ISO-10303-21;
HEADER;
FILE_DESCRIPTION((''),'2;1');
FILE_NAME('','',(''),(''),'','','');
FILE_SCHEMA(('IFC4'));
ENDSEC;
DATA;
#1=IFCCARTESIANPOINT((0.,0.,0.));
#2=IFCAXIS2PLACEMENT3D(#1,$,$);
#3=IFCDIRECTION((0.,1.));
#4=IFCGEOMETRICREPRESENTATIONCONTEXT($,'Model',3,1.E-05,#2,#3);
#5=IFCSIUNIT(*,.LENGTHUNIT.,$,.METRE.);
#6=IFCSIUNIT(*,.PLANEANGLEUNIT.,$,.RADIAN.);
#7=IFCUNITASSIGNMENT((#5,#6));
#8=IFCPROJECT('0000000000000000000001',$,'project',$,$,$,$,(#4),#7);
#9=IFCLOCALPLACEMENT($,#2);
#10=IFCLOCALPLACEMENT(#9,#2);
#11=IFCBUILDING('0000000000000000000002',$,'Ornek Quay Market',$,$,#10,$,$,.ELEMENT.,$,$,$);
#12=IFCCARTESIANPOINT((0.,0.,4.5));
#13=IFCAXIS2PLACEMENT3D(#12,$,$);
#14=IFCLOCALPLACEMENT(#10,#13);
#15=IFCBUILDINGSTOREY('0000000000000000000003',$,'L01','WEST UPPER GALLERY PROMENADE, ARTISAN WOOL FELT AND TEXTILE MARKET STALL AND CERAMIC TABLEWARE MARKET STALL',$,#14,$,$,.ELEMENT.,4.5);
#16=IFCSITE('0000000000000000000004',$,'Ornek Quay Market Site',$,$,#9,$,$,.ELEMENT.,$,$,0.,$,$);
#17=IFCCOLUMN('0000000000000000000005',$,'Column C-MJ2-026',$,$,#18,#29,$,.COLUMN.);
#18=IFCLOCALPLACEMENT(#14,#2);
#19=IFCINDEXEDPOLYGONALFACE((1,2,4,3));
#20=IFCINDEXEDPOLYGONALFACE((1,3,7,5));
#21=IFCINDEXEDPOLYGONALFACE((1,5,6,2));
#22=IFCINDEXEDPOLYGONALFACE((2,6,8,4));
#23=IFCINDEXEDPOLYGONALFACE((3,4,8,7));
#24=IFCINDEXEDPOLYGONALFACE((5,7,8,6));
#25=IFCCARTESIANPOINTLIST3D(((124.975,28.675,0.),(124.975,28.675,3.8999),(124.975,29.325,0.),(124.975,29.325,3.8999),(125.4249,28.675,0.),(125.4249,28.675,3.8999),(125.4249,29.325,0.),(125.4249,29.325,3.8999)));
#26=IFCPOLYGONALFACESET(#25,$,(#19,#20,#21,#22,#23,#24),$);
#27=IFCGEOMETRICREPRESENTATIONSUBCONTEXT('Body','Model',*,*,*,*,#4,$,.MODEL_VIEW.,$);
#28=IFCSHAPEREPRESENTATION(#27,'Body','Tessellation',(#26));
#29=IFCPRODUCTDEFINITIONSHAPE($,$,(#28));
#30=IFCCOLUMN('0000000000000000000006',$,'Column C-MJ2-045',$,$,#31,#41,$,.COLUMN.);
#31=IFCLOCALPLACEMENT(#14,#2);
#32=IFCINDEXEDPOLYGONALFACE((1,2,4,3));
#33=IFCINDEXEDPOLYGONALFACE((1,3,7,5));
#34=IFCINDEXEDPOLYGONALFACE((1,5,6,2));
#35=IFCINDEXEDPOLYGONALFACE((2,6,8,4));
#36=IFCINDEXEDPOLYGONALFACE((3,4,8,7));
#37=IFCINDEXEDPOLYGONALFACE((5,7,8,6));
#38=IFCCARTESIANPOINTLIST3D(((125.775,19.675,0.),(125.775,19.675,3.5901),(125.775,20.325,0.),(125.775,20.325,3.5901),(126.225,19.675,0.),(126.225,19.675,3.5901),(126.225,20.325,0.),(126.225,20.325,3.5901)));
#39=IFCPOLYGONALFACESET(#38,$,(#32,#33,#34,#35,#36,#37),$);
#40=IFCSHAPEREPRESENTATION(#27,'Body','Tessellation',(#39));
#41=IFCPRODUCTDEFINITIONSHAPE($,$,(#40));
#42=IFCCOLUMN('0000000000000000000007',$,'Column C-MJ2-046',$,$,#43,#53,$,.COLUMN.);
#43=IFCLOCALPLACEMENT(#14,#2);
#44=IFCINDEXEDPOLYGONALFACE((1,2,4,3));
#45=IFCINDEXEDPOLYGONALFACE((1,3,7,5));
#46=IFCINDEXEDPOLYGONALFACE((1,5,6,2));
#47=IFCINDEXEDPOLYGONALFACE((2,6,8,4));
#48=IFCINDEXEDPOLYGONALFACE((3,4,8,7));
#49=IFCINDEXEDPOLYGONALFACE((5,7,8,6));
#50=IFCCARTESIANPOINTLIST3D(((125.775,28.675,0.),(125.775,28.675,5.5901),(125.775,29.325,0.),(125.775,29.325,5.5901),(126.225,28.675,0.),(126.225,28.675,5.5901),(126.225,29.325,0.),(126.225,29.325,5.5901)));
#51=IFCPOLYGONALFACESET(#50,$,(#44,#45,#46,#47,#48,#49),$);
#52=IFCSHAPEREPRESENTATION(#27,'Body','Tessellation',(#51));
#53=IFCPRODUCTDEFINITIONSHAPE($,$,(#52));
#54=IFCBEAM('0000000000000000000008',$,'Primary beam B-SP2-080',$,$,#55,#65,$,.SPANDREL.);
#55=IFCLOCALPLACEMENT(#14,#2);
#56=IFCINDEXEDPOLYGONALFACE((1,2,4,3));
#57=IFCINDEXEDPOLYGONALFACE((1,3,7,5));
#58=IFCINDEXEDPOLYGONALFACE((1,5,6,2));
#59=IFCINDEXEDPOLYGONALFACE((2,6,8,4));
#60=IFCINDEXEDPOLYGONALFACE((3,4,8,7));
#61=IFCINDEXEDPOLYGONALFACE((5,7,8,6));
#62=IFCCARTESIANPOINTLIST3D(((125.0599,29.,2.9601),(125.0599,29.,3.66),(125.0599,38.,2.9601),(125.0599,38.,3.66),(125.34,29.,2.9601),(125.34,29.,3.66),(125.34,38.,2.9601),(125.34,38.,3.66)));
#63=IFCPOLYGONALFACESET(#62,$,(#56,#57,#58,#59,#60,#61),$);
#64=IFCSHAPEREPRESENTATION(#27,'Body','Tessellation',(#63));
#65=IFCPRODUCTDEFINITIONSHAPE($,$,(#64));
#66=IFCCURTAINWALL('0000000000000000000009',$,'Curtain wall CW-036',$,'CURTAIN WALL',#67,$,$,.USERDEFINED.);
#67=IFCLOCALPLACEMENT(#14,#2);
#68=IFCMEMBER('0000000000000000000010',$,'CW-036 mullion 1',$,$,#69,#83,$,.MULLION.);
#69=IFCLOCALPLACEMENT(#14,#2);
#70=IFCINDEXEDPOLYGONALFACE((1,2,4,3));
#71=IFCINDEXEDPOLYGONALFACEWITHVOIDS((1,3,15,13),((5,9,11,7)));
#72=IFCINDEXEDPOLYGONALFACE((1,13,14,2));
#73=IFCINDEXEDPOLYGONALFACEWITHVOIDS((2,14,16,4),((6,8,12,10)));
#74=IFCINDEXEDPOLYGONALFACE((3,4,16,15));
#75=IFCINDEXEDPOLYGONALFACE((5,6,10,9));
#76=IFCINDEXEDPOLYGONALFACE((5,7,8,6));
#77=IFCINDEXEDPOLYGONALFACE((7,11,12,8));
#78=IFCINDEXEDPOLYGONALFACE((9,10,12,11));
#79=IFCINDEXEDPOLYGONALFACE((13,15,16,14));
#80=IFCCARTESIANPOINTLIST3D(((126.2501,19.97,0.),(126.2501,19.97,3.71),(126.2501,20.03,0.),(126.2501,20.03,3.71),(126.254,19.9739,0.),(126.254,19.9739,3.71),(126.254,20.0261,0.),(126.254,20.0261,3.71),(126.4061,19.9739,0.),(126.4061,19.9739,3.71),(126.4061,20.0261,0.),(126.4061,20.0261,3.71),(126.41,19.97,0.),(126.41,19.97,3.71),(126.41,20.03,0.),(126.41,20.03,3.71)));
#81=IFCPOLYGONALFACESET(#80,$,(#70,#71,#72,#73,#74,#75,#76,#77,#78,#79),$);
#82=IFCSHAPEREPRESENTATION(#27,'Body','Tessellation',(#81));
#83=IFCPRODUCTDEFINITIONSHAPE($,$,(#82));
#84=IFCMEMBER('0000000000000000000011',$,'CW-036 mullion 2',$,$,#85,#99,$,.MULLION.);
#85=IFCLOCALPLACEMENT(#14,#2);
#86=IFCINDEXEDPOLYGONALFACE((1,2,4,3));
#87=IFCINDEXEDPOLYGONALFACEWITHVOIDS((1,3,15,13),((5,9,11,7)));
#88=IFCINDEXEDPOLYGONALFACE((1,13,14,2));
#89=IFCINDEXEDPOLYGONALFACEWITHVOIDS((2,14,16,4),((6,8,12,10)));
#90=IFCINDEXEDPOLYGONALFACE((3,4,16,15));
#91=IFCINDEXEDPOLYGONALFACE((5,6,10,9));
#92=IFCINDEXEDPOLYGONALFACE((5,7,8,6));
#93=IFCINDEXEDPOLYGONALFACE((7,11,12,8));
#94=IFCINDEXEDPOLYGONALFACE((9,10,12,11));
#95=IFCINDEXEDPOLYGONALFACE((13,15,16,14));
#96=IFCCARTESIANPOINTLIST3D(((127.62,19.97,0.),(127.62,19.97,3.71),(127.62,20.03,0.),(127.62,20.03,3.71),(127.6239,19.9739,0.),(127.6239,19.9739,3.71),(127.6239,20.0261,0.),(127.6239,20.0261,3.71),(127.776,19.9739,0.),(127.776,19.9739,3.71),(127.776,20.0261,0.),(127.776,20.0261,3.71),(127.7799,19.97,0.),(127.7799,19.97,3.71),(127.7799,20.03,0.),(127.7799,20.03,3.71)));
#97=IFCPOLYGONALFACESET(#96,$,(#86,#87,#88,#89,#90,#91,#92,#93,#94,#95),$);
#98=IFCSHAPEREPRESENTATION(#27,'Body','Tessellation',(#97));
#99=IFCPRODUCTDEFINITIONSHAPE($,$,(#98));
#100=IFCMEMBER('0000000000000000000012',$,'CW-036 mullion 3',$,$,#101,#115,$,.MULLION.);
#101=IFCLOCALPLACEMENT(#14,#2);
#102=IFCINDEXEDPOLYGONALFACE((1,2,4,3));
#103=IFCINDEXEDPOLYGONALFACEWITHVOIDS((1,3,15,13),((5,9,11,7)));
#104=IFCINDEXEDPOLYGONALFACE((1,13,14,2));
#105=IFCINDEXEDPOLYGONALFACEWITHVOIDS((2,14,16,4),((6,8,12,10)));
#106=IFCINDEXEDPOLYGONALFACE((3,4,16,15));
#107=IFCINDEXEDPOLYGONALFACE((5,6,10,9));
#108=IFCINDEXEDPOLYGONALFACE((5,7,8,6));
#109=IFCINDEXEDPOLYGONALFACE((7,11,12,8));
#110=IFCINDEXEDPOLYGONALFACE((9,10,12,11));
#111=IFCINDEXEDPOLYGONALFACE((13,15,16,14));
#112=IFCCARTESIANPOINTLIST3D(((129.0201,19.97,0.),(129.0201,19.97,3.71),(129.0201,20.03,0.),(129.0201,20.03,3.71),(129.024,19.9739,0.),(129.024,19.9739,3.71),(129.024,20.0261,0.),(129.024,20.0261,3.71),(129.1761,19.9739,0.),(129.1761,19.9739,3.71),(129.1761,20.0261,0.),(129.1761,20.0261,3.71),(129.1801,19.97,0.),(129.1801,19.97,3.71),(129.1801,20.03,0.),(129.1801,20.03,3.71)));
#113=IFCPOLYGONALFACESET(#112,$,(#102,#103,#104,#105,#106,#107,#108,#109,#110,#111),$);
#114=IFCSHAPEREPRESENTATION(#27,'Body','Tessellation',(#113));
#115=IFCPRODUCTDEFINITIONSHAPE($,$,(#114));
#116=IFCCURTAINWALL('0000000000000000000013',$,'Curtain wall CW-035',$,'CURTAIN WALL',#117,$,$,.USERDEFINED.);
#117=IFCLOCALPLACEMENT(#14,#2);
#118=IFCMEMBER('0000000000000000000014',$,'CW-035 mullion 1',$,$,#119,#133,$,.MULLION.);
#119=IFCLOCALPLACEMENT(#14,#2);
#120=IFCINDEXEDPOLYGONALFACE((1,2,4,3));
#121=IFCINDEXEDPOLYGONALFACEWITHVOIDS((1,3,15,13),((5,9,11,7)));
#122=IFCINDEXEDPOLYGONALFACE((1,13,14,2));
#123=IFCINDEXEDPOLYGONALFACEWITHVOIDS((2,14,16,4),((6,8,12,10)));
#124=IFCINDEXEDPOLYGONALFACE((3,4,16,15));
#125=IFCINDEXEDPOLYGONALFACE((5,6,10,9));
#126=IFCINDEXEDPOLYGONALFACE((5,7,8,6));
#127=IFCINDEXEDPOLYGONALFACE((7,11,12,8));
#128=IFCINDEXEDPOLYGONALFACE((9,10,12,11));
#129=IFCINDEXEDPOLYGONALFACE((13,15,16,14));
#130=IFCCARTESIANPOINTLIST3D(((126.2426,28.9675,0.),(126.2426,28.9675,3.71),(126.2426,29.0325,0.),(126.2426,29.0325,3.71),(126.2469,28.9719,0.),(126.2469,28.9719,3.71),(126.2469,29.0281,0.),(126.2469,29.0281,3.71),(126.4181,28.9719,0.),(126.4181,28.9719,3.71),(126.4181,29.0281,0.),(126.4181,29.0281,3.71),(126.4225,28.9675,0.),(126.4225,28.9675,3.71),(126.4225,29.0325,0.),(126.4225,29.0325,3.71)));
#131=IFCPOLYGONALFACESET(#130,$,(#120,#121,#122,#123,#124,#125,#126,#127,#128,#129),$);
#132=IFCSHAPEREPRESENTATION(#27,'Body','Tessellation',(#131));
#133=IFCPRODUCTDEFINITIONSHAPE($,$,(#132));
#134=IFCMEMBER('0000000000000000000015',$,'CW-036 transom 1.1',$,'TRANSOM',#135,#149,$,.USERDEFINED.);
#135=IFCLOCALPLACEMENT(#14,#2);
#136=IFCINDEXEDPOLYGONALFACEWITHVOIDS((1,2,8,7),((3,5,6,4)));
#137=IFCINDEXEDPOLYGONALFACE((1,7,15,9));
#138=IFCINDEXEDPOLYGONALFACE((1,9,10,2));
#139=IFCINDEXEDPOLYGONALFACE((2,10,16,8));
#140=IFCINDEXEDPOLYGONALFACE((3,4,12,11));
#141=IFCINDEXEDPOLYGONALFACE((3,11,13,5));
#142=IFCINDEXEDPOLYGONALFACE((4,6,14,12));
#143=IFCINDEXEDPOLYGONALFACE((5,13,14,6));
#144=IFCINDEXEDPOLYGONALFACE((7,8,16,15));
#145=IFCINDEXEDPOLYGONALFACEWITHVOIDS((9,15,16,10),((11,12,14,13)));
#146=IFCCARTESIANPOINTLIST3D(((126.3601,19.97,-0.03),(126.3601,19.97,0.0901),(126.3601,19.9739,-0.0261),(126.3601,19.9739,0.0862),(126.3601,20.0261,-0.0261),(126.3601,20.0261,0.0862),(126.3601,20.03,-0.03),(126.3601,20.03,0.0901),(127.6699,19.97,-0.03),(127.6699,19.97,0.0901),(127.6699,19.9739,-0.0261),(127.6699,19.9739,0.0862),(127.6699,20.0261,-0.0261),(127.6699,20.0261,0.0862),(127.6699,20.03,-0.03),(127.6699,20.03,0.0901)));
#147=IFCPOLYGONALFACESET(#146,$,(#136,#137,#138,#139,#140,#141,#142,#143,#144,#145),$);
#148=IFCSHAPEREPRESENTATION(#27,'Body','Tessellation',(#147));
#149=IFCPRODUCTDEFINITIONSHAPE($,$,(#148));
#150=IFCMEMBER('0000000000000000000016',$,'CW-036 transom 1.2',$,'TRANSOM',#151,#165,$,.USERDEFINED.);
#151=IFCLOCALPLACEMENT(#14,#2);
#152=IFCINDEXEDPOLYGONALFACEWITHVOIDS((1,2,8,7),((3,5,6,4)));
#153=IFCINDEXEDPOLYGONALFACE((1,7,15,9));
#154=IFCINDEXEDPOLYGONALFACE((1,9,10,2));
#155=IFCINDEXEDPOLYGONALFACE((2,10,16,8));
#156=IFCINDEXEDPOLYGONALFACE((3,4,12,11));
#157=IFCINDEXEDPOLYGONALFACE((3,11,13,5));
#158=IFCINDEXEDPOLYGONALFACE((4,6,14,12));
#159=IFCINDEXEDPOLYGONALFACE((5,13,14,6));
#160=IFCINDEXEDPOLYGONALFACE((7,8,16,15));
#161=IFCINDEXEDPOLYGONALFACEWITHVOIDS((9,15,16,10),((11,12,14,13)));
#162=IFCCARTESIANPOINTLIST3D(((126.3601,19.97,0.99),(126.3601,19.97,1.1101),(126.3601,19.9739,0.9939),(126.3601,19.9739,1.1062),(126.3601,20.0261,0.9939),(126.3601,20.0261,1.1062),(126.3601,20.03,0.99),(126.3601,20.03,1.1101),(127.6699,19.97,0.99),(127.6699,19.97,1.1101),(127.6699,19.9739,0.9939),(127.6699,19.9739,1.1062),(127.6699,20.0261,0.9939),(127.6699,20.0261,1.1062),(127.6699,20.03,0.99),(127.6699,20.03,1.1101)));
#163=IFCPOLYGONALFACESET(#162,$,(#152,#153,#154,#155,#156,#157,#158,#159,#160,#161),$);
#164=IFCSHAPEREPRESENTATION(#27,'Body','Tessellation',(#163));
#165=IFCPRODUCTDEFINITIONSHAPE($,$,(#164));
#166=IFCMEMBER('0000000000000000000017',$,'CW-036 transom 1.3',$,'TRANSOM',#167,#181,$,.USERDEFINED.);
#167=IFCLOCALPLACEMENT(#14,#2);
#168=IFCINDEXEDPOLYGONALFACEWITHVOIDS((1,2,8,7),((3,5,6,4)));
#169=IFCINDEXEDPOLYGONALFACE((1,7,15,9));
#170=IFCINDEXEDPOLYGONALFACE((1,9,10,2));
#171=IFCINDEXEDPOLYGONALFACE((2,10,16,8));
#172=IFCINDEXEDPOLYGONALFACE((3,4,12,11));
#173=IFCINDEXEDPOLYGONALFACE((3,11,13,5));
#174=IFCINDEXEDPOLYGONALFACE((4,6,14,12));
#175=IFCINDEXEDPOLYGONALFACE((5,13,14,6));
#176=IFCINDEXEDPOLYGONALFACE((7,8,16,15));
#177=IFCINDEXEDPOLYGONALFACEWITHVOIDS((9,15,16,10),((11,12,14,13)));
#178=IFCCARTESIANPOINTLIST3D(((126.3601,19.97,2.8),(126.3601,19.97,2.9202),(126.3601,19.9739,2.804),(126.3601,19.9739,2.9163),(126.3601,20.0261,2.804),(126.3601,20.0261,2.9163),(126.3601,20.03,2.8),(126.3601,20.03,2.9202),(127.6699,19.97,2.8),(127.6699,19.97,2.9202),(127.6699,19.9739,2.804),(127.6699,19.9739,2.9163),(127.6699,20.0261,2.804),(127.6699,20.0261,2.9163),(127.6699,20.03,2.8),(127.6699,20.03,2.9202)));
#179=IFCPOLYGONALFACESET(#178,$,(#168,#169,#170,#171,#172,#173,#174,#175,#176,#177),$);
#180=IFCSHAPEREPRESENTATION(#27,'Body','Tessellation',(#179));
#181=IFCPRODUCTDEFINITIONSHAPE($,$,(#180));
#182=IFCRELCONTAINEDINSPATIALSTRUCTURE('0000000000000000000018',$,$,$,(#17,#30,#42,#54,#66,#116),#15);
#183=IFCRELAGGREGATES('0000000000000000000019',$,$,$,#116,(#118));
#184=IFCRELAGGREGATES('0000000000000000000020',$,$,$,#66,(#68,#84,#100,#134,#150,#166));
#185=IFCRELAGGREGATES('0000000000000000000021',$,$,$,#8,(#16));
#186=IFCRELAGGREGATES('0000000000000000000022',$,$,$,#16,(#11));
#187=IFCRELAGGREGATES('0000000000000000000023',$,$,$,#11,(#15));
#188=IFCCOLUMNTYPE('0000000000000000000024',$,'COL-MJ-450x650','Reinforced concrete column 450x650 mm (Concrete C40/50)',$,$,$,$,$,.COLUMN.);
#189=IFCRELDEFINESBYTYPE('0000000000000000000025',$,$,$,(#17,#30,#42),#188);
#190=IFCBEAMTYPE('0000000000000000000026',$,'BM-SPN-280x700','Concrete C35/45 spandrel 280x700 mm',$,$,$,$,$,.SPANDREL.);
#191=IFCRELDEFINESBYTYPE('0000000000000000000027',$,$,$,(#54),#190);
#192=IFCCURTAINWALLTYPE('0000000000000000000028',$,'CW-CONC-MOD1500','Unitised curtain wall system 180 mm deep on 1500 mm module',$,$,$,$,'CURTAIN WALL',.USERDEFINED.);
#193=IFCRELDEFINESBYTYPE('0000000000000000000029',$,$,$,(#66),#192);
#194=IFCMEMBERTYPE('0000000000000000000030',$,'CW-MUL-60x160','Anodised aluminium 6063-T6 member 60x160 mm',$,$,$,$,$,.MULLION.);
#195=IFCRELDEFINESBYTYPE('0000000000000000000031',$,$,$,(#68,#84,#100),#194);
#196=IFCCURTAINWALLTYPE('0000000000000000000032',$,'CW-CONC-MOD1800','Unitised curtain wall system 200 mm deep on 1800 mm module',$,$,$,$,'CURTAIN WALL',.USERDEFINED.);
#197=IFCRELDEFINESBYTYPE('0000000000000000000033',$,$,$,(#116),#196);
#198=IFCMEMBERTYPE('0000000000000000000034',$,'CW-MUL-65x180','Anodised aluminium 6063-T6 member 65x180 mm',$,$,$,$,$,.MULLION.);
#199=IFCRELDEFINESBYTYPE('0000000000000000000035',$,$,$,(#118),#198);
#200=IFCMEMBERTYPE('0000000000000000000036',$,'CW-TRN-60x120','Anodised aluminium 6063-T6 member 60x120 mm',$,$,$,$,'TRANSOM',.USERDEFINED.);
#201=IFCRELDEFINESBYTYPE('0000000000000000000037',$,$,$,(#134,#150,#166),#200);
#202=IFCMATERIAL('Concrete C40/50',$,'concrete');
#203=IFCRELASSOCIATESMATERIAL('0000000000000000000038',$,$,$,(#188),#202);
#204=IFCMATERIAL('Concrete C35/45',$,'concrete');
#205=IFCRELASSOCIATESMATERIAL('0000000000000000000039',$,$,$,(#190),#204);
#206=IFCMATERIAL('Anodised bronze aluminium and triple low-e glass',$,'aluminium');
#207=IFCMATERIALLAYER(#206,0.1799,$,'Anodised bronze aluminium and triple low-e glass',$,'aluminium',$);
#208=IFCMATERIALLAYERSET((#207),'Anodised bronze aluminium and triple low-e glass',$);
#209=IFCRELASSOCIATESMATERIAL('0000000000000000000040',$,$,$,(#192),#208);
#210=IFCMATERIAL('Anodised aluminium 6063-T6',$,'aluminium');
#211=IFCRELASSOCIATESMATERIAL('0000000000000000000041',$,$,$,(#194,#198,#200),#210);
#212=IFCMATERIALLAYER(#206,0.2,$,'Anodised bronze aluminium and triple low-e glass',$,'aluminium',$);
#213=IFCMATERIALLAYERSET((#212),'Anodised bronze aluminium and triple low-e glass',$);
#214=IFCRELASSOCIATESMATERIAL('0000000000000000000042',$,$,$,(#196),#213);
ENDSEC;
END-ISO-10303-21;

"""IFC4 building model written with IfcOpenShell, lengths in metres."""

from ifc_helpers import new_model, si_unit, direction, frame, origin, origin_2d, place, context, subcontext, project, spatial, rectangle, hollow_rectangle, extrude, material, layer, layer_set, material_profile, profile_set, type_object, element, aggregate, save


model = new_model("IFC4")

# Units and contexts
model_context = context("Model", 3, precision=1e-05, world=origin(), true_north=direction((0.0, 1.0)))
body_context = subcontext(model_context, "Body", "Model", "MODEL_VIEW")
ifc_project = project(units=[si_unit("LENGTHUNIT", "METRE"), si_unit("PLANEANGLEUNIT", "RADIAN")], contexts=[model_context])

# Site, building, storey
site_placement = place(None, origin())
site = spatial("IfcSite", under=ifc_project, at=site_placement, Name="Ornek Quay Market Site", CompositionType="ELEMENT", RefElevation=0.0)
building_placement = place(site_placement, origin())
building = spatial("IfcBuilding", under=site, at=building_placement, Name="Ornek Quay Market", CompositionType="ELEMENT")
storey_placement = place(building_placement, frame((0.0, 0.0, 4.5)))
storey = spatial("IfcBuildingStorey", under=building, at=storey_placement, Name="L01", Description="WEST UPPER GALLERY PROMENADE, ARTISAN WOOL FELT AND TEXTILE MARKET STALL AND CERAMIC TABLEWARE MARKET STALL", CompositionType="ELEMENT", Elevation=4.5)

# Columns
ifc_material_1 = material(Name="Concrete C40/50", Category="concrete")
ifc_material_profile_1 = material_profile(ifc_material_1, rectangle(XDim=0.45, YDim=0.6499, at=origin_2d()), Name="RC 450x650", Category="concrete")
ifc_profile_set_1 = profile_set([ifc_material_profile_1], Name="Concrete C40/50")
column_type = type_object("IfcColumnType", Name="COL-MJ-450x650", Description="Reinforced concrete column 450x650 mm (Concrete C40/50)", PredefinedType="COLUMN", material=ifc_profile_set_1)
column_1_placement = place(storey_placement, frame((125.2, 29.0, 0.0), z_axis=(0.0, 0.0, 1.0), x_axis=(1.0, 0.0, 0.0)))
element("IfcColumn", 1, at=column_1_placement, inside=storey, type_object=column_type, Name="Column C-MJ2-026", PredefinedType="COLUMN", context=body_context, shape_type="SweptSolid", body=[
    extrude(rectangle(XDim=0.45, YDim=0.6499, at=origin_2d()), origin(), (0.0, 0.0, 1.0), 3.8999),
])
column_2_placement = place(storey_placement, frame((126.0, 20.0, 0.0), z_axis=(0.0, 0.0, 1.0), x_axis=(1.0, 0.0, 0.0)))
element("IfcColumn", 2, at=column_2_placement, inside=storey, type_object=column_type, Name="Column C-MJ2-045", PredefinedType="COLUMN", context=body_context, shape_type="SweptSolid", body=[
    extrude(rectangle(XDim=0.45, YDim=0.6499, at=origin_2d()), origin(), (0.0, 0.0, 1.0), 3.5901),
])
column_3_placement = place(storey_placement, frame((126.0, 29.0, 0.0), z_axis=(0.0, 0.0, 1.0), x_axis=(1.0, 0.0, 0.0)))
element("IfcColumn", 3, at=column_3_placement, inside=storey, type_object=column_type, Name="Column C-MJ2-046", PredefinedType="COLUMN", context=body_context, shape_type="SweptSolid", body=[
    extrude(rectangle(XDim=0.45, YDim=0.6499, at=origin_2d()), origin(), (0.0, 0.0, 1.0), 5.5901),
])

# Beam
ifc_material_2 = material(Name="Concrete C35/45", Category="concrete")
ifc_material_profile_2 = material_profile(ifc_material_2, rectangle(XDim=0.28, YDim=0.7, at=origin_2d()), Name="RC 280x700", Category="concrete")
ifc_profile_set_2 = profile_set([ifc_material_profile_2], Name="Concrete C35/45")
beam_type = type_object("IfcBeamType", Name="BM-SPN-280x700", Description="Concrete C35/45 spandrel 280x700 mm", PredefinedType="SPANDREL", material=ifc_profile_set_2)
beam_placement = place(storey_placement, frame((125.2, 29.0, 3.3101), z_axis=(0.0, 1.0, 0.0), x_axis=(-1.0, 0.0, 0.0)))
element("IfcBeam", 4, at=beam_placement, inside=storey, type_object=beam_type, Name="Primary beam B-SP2-080", PredefinedType="SPANDREL", context=body_context, shape_type="SweptSolid", body=[
    extrude(rectangle(XDim=0.28, YDim=0.7, at=origin_2d()), origin(), (0.0, 0.0, 1.0), 9.0),
])

# Curtain wall, members
ifc_material_3 = material(Name="Anodised bronze aluminium and triple low-e glass", Category="aluminium")
ifc_layer_1 = layer(ifc_material_3, 0.1799, Name="Anodised bronze aluminium and triple low-e glass", Category="aluminium")
ifc_layer_set_1 = layer_set([ifc_layer_1], Name="Anodised bronze aluminium and triple low-e glass")
curtain_wall_type_1 = type_object("IfcCurtainWallType", Name="CW-CONC-MOD1500", Description="Unitised curtain wall system 180 mm deep on 1500 mm module", ElementType="CURTAIN WALL", PredefinedType="USERDEFINED", material=ifc_layer_set_1)
curtain_wall_1_placement = place(storey_placement, origin())
curtain_wall_1 = element("IfcCurtainWall", 5, at=curtain_wall_1_placement, inside=storey, type_object=curtain_wall_type_1, Name="Curtain wall CW-036", ObjectType="CURTAIN WALL", PredefinedType="USERDEFINED")
ifc_material_4 = material(Name="Anodised aluminium 6063-T6", Category="aluminium")
ifc_material_profile_3 = material_profile(ifc_material_4, hollow_rectangle(XDim=0.0601, YDim=0.1599, WallThickness=0.0039, at=origin_2d()), Name="CW-MUL-60x160", Category="aluminium")
ifc_profile_set_3 = profile_set([ifc_material_profile_3], Name="Anodised aluminium 6063-T6")
member_type_1 = type_object("IfcMemberType", Name="CW-MUL-60x160", Description="Anodised aluminium 6063-T6 member 60x160 mm", PredefinedType="MULLION", material=ifc_profile_set_3)
member_1_placement = place(storey_placement, frame((126.3301, 20.0, 0.0), z_axis=(0.0, 0.0, 1.0), x_axis=(0.0, 1.0, 0.0)))
member_1 = element("IfcMember", 6, at=member_1_placement, type_object=member_type_1, Name="CW-036 mullion 1", PredefinedType="MULLION", context=body_context, shape_type="SweptSolid", body=[
    extrude(hollow_rectangle(XDim=0.0601, YDim=0.1599, WallThickness=0.0039, at=origin_2d()), origin(), (0.0, 0.0, 1.0), 3.71),
])
member_2_placement = place(storey_placement, frame((127.7, 20.0, 0.0), z_axis=(0.0, 0.0, 1.0), x_axis=(0.0, 1.0, 0.0)))
member_2 = element("IfcMember", 7, at=member_2_placement, type_object=member_type_1, Name="CW-036 mullion 2", PredefinedType="MULLION", context=body_context, shape_type="SweptSolid", body=[
    extrude(hollow_rectangle(XDim=0.0601, YDim=0.1599, WallThickness=0.0039, at=origin_2d()), origin(), (0.0, 0.0, 1.0), 3.71),
])
member_3_placement = place(storey_placement, frame((129.1001, 20.0, 0.0), z_axis=(0.0, 0.0, 1.0), x_axis=(0.0, 1.0, 0.0)))
member_3 = element("IfcMember", 8, at=member_3_placement, type_object=member_type_1, Name="CW-036 mullion 3", PredefinedType="MULLION", context=body_context, shape_type="SweptSolid", body=[
    extrude(hollow_rectangle(XDim=0.0601, YDim=0.1599, WallThickness=0.0039, at=origin_2d()), origin(), (0.0, 0.0, 1.0), 3.71),
])

# Curtain wall, member
ifc_layer_2 = layer(ifc_material_3, 0.2, Name="Anodised bronze aluminium and triple low-e glass", Category="aluminium")
ifc_layer_set_2 = layer_set([ifc_layer_2], Name="Anodised bronze aluminium and triple low-e glass")
curtain_wall_type_2 = type_object("IfcCurtainWallType", Name="CW-CONC-MOD1800", Description="Unitised curtain wall system 200 mm deep on 1800 mm module", ElementType="CURTAIN WALL", PredefinedType="USERDEFINED", material=ifc_layer_set_2)
curtain_wall_2_placement = place(storey_placement, origin())
curtain_wall_2 = element("IfcCurtainWall", 9, at=curtain_wall_2_placement, inside=storey, type_object=curtain_wall_type_2, Name="Curtain wall CW-035", ObjectType="CURTAIN WALL", PredefinedType="USERDEFINED")
ifc_material_profile_4 = material_profile(ifc_material_4, hollow_rectangle(XDim=0.0649, YDim=0.1799, WallThickness=0.0044, at=origin_2d()), Name="CW-MUL-65x180", Category="aluminium")
ifc_profile_set_4 = profile_set([ifc_material_profile_4], Name="Anodised aluminium 6063-T6")
member_type_2 = type_object("IfcMemberType", Name="CW-MUL-65x180", Description="Anodised aluminium 6063-T6 member 65x180 mm", PredefinedType="MULLION", material=ifc_profile_set_4)
member_4_placement = place(storey_placement, frame((126.3325, 29.0, 0.0), z_axis=(0.0, 0.0, 1.0), x_axis=(0.0, 1.0, 0.0)))
member_4 = element("IfcMember", 10, at=member_4_placement, type_object=member_type_2, Name="CW-035 mullion 1", PredefinedType="MULLION", context=body_context, shape_type="SweptSolid", body=[
    extrude(hollow_rectangle(XDim=0.0649, YDim=0.1799, WallThickness=0.0044, at=origin_2d()), origin(), (0.0, 0.0, 1.0), 3.71),
])

# Members
ifc_material_profile_5 = material_profile(ifc_material_4, hollow_rectangle(XDim=0.0601, YDim=0.1201, WallThickness=0.0039, at=origin_2d()), Name="CW-TRN-60x120", Category="aluminium")
ifc_profile_set_5 = profile_set([ifc_material_profile_5], Name="Anodised aluminium 6063-T6")
member_type_3 = type_object("IfcMemberType", Name="CW-TRN-60x120", Description="Anodised aluminium 6063-T6 member 60x120 mm", ElementType="TRANSOM", PredefinedType="USERDEFINED", material=ifc_profile_set_5)
member_5_placement = place(storey_placement, frame((126.3601, 20.0, 0.03), z_axis=(1.0, 0.0, 0.0), x_axis=(0.0, 1.0, 0.0)))
member_5 = element("IfcMember", 11, at=member_5_placement, type_object=member_type_3, Name="CW-036 transom 1.1", ObjectType="TRANSOM", PredefinedType="USERDEFINED", context=body_context, shape_type="SweptSolid", body=[
    extrude(hollow_rectangle(XDim=0.0601, YDim=0.1201, WallThickness=0.0039, at=origin_2d()), origin(), (0.0, 0.0, 1.0), 1.3098),
])
member_6_placement = place(storey_placement, frame((126.3601, 20.0, 1.05), z_axis=(1.0, 0.0, 0.0), x_axis=(0.0, 1.0, 0.0)))
member_6 = element("IfcMember", 12, at=member_6_placement, type_object=member_type_3, Name="CW-036 transom 1.2", ObjectType="TRANSOM", PredefinedType="USERDEFINED", context=body_context, shape_type="SweptSolid", body=[
    extrude(hollow_rectangle(XDim=0.0601, YDim=0.1201, WallThickness=0.0039, at=origin_2d()), origin(), (0.0, 0.0, 1.0), 1.3098),
])
member_7_placement = place(storey_placement, frame((126.3601, 20.0, 2.8601), z_axis=(1.0, 0.0, 0.0), x_axis=(0.0, 1.0, 0.0)))
member_7 = element("IfcMember", 13, at=member_7_placement, type_object=member_type_3, Name="CW-036 transom 1.3", ObjectType="TRANSOM", PredefinedType="USERDEFINED", context=body_context, shape_type="SweptSolid", body=[
    extrude(hollow_rectangle(XDim=0.0601, YDim=0.1201, WallThickness=0.0039, at=origin_2d()), origin(), (0.0, 0.0, 1.0), 1.3098),
])
aggregate(curtain_wall_2, [member_4])

aggregate(curtain_wall_1, [member_1, member_2, member_3, member_5, member_6, member_7])

save(model, "model.ifc")
